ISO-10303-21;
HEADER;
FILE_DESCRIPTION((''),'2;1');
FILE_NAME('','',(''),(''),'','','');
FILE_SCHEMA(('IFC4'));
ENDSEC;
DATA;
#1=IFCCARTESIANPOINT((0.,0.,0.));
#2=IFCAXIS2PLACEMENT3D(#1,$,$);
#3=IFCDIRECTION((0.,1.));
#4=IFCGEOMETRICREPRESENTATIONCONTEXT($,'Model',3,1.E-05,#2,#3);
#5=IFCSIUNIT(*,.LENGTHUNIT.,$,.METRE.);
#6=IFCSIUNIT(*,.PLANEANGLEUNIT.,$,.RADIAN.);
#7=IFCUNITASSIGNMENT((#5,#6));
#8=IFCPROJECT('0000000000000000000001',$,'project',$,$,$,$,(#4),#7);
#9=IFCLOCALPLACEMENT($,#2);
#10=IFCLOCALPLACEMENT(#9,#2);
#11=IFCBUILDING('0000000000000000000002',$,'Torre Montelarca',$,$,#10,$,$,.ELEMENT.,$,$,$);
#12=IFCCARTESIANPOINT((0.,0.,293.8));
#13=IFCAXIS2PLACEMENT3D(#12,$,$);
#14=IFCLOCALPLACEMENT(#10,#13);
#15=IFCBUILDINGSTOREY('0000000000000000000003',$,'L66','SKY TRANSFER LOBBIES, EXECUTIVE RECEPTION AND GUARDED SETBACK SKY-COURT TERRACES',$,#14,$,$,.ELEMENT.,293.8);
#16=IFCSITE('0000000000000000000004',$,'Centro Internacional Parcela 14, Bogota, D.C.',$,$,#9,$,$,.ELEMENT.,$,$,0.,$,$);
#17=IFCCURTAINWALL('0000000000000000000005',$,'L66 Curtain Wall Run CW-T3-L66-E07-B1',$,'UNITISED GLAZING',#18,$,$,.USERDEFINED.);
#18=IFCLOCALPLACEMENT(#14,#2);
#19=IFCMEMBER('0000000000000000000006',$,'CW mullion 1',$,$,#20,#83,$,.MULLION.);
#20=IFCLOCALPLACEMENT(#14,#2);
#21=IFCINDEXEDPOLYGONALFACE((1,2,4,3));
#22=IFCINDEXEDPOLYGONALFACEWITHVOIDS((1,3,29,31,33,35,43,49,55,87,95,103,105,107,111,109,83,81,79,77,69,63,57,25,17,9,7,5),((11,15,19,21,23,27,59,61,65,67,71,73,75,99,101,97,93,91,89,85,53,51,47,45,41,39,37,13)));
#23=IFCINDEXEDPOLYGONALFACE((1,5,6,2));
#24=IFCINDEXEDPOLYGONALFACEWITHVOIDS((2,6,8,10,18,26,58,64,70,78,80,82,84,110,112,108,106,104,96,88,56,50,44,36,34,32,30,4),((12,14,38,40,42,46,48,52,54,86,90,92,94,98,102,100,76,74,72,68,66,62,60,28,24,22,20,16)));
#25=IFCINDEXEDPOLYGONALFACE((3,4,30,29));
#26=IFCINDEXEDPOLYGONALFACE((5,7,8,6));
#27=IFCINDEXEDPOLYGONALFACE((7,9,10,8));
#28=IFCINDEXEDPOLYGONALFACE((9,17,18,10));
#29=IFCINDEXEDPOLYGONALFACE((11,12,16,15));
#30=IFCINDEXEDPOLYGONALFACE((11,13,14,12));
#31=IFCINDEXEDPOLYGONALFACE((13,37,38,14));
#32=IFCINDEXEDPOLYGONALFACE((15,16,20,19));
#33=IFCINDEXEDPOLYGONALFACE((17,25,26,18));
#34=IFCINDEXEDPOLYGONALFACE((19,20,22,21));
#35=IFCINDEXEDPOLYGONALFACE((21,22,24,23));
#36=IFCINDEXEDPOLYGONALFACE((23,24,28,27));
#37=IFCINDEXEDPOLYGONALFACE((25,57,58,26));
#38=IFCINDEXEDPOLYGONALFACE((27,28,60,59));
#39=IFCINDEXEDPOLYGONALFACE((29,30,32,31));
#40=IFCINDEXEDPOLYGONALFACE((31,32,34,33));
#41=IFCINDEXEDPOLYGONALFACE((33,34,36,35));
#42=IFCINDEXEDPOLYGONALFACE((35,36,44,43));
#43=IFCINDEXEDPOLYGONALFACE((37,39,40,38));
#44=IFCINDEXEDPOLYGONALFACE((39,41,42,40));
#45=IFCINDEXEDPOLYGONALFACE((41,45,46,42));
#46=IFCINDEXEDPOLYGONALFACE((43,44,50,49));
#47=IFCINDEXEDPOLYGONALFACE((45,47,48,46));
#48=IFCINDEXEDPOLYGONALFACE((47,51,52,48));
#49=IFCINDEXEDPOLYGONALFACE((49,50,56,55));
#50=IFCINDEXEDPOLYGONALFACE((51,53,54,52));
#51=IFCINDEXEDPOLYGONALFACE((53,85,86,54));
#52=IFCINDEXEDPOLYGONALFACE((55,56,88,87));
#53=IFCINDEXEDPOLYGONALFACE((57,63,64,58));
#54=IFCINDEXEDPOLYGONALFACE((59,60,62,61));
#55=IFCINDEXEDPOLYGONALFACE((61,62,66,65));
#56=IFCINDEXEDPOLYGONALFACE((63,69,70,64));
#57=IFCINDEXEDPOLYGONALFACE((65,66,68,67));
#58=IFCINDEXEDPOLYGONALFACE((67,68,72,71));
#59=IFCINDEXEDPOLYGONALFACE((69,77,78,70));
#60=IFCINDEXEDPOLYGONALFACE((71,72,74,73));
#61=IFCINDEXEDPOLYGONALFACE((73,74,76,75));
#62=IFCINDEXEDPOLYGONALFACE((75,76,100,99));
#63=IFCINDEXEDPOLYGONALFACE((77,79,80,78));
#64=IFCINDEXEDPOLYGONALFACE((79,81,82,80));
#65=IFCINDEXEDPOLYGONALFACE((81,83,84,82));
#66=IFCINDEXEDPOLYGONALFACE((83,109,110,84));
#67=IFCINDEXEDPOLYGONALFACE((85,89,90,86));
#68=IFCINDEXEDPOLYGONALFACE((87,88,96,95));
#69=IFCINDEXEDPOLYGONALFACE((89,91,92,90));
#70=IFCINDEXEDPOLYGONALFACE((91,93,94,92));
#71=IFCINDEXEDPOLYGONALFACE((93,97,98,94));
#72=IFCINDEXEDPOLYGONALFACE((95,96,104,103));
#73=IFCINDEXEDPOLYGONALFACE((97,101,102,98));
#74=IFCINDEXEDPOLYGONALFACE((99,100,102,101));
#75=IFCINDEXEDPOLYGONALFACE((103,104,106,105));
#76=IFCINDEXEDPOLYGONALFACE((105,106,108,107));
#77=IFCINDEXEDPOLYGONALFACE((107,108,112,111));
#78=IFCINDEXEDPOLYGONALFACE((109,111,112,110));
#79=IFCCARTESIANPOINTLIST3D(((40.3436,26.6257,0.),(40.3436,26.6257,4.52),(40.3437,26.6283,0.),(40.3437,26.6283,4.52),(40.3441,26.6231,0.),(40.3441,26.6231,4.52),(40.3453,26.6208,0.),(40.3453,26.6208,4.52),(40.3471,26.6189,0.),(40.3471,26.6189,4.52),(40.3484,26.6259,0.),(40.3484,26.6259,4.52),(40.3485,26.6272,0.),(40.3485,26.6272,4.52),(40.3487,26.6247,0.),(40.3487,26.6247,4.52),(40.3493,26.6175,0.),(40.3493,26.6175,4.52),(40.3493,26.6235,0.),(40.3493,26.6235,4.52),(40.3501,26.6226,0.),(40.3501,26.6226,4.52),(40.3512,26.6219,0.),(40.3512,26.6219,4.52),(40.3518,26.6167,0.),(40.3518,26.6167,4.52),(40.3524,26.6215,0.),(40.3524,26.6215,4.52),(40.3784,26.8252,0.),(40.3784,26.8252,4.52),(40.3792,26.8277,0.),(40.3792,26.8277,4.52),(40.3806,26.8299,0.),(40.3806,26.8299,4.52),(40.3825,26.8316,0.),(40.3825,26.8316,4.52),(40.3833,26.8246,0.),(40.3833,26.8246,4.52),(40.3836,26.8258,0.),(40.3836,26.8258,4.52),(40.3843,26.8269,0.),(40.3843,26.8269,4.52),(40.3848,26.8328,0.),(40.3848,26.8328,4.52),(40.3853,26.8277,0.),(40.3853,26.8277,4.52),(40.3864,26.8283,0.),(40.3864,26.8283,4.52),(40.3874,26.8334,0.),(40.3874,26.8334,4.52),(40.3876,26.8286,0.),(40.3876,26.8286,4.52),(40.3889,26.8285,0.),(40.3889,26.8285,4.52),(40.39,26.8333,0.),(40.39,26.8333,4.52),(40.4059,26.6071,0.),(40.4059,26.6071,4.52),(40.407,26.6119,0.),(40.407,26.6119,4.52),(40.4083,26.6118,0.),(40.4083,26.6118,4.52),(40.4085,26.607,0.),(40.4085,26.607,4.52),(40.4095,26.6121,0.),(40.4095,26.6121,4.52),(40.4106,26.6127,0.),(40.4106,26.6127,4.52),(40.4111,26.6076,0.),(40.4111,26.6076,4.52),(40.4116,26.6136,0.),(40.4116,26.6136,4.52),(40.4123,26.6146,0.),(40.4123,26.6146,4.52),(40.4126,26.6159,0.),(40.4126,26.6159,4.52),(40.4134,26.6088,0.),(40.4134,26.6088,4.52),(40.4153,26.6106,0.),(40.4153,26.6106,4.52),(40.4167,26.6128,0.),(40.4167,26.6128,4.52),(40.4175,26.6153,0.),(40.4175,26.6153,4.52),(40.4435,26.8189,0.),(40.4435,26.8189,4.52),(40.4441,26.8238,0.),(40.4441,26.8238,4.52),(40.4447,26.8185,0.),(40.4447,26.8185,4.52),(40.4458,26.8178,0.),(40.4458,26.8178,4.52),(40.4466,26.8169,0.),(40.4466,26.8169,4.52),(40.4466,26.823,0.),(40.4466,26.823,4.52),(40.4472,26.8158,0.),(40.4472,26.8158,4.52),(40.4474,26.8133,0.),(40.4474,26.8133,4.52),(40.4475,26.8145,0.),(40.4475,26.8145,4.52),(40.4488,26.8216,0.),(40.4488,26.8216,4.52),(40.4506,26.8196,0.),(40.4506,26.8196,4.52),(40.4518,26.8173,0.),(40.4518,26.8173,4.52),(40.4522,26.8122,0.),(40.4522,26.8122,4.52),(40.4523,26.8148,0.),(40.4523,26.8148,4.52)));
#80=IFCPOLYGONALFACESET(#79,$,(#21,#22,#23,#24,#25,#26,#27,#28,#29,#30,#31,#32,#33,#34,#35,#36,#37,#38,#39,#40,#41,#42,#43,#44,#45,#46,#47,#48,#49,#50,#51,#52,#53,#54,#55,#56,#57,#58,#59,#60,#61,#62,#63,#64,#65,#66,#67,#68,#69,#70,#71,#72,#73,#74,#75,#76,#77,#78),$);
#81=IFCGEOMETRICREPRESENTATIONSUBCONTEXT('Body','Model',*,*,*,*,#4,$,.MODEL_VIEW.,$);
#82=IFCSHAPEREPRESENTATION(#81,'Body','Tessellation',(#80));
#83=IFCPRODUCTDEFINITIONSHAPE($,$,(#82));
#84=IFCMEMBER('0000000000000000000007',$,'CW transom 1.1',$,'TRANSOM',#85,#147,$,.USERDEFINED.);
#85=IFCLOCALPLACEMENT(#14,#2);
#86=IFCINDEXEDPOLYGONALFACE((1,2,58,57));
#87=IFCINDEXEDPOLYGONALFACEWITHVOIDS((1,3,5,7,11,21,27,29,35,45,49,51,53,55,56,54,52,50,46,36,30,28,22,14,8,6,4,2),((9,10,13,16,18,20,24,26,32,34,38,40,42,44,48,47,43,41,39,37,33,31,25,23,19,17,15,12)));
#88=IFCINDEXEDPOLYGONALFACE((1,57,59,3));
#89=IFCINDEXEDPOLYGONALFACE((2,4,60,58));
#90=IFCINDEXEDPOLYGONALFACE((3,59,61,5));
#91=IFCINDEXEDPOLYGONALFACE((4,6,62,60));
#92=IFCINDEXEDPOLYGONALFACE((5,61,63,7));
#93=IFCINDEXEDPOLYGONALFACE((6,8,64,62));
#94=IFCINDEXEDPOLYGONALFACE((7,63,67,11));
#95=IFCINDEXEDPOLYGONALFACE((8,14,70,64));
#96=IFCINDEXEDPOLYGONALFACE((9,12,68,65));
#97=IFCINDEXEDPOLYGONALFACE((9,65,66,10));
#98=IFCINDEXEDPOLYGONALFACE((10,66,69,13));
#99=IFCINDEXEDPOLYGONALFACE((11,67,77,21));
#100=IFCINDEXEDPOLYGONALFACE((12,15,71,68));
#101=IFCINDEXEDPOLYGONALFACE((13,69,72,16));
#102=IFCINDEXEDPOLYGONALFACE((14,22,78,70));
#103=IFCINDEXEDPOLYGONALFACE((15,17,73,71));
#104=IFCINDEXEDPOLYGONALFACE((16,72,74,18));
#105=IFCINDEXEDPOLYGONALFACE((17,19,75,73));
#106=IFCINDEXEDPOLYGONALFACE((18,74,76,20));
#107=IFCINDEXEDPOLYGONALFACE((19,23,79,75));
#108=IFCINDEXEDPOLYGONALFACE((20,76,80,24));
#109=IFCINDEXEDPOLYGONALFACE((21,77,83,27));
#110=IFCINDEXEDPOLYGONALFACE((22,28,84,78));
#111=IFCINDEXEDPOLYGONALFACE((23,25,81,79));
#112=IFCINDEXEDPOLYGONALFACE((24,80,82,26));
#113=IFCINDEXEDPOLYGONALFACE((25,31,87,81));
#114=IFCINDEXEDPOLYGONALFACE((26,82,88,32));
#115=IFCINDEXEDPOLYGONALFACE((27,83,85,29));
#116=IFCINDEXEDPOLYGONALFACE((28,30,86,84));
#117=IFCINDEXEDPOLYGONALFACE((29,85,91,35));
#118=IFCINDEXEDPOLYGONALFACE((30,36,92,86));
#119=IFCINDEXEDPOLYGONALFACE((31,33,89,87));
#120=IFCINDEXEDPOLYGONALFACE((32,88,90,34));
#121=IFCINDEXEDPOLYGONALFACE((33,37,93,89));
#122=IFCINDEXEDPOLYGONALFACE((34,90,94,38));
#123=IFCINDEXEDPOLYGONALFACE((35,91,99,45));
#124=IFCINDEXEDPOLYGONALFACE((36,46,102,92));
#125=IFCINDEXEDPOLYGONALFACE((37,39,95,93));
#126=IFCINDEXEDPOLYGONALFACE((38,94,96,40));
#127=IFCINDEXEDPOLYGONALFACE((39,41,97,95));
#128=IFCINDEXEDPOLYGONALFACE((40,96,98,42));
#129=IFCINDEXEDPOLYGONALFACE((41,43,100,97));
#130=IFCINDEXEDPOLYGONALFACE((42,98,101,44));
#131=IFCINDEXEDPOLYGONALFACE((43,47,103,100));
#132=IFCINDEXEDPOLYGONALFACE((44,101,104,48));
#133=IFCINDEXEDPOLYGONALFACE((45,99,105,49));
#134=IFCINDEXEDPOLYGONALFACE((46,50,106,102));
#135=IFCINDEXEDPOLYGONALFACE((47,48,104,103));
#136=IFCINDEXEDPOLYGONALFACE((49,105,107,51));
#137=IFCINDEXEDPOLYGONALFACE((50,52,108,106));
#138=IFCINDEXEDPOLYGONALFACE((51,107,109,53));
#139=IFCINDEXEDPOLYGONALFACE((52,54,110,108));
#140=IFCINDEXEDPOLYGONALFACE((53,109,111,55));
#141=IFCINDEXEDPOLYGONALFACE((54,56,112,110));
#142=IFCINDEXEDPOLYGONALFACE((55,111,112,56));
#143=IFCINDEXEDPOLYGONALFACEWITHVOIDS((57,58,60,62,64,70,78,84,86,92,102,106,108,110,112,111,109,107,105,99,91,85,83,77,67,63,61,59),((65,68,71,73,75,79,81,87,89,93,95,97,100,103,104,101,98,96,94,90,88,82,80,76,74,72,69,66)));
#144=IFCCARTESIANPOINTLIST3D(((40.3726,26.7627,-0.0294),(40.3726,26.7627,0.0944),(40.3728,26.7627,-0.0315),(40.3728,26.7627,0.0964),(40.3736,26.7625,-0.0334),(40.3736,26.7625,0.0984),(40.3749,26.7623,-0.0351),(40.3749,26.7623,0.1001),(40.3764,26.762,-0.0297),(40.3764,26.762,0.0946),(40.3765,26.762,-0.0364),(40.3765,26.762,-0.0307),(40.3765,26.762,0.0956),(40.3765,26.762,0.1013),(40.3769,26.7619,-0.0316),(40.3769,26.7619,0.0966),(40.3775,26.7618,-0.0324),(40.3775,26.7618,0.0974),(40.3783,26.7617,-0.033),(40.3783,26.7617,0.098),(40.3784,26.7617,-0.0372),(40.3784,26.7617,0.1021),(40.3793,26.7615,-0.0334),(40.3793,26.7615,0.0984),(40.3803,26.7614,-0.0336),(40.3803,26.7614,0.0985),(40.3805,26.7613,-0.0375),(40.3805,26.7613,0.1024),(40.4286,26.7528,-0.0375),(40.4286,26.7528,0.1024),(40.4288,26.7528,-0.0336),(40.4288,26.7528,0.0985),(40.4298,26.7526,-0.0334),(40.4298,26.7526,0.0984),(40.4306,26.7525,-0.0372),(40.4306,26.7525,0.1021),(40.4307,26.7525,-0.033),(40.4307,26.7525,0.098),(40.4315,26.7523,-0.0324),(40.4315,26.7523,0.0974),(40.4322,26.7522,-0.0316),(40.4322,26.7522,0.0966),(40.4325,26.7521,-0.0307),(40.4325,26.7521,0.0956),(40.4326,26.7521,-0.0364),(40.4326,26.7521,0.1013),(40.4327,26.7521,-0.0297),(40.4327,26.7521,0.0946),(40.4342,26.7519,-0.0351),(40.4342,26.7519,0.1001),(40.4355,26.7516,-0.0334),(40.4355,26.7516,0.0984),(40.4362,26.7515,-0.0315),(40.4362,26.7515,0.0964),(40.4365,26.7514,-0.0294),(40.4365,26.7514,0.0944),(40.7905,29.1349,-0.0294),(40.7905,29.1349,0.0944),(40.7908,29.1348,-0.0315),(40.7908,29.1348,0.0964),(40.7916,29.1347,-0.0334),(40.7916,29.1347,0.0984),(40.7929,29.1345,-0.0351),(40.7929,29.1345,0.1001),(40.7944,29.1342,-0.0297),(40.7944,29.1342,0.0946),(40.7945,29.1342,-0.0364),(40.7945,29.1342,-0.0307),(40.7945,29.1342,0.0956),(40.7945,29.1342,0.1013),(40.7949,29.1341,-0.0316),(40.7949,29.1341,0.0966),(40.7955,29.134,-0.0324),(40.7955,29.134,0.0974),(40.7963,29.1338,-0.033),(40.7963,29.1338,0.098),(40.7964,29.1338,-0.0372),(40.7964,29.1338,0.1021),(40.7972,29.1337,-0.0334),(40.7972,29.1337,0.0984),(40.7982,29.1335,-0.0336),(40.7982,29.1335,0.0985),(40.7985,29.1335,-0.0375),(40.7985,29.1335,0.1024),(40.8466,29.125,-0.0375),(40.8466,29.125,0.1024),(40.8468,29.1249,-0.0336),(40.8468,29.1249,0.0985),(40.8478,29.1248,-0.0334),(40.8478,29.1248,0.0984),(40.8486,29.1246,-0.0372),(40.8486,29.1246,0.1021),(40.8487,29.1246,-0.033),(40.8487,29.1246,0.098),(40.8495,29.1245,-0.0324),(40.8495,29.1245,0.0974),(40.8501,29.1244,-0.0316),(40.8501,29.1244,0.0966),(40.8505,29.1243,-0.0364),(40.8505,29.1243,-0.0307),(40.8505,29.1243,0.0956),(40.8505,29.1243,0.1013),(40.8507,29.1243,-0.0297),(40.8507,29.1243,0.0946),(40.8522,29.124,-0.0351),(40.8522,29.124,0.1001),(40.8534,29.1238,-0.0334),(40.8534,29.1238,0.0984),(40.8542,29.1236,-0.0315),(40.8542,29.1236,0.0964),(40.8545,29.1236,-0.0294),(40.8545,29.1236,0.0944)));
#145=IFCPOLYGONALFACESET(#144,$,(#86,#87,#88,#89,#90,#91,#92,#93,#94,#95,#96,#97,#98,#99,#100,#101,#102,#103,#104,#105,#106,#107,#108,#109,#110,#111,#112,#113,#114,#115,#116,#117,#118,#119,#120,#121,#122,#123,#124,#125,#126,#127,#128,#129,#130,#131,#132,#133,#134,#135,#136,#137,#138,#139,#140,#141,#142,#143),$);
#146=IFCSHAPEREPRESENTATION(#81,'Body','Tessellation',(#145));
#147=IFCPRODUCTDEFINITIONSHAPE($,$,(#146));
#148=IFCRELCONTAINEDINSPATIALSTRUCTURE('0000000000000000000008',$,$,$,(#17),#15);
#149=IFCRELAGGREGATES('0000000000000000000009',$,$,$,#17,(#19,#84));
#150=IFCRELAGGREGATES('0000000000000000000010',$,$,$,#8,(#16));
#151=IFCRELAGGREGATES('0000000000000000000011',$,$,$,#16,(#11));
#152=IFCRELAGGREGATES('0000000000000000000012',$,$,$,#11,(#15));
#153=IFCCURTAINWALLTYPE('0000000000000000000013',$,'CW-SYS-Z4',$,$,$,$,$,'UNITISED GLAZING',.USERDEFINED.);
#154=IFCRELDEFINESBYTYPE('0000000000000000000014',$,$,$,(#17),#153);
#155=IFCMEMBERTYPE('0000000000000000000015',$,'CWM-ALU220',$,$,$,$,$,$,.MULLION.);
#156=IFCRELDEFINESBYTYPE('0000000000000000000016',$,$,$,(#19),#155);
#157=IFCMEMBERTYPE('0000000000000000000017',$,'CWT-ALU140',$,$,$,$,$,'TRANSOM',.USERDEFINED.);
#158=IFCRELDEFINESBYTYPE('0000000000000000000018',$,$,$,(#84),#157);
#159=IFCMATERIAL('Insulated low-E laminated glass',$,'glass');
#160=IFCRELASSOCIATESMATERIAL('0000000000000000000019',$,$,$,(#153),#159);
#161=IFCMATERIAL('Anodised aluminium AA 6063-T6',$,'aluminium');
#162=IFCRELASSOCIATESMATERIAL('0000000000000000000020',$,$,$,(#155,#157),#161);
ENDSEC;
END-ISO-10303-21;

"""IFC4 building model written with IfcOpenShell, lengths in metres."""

from ifc_helpers import new_model, si_unit, direction, frame, origin, origin_2d, place, context, subcontext, project, spatial, hollow_rectangle, extrude, source, transform, mapped, material, material_profile, profile_set, type_object, element, aggregate, save


model = new_model("IFC4")

# Units and contexts
model_context = context("Model", 3, precision=1e-05, world=origin(), true_north=direction((0.0, 1.0)))
body_context = subcontext(model_context, "Body", "Model", "MODEL_VIEW")
ifc_project = project(units=[si_unit("LENGTHUNIT", "METRE"), si_unit("PLANEANGLEUNIT", "RADIAN")], contexts=[model_context])

# Site, building, storey
site_placement = place(None, origin())
site = spatial("IfcSite", under=ifc_project, at=site_placement, Name="Centro Internacional Parcela 14, Bogota, D.C.", CompositionType="ELEMENT", RefElevation=0.0)
building_placement = place(site_placement, origin())
building = spatial("IfcBuilding", under=site, at=building_placement, Name="Torre Montelarca", CompositionType="ELEMENT")
storey_placement = place(building_placement, frame((0.0, 0.0, 293.8)))
storey = spatial("IfcBuildingStorey", under=building, at=storey_placement, Name="L66", Description="SKY TRANSFER LOBBIES, EXECUTIVE RECEPTION AND GUARDED SETBACK SKY-COURT TERRACES", CompositionType="ELEMENT", Elevation=293.8)

# Shared definitions
ifc_material_1 = material(Name="Insulated low-E laminated glass", Category="glass")
curtain_wall_type = type_object("IfcCurtainWallType", Name="CW-SYS-Z4", ElementType="UNITISED GLAZING", PredefinedType="USERDEFINED", material=ifc_material_1)
ifc_material_2 = material(Name="Anodised aluminium AA 6063-T6", Category="aluminium")
ifc_material_profile_1 = material_profile(ifc_material_2, hollow_rectangle(XDim=0.075, YDim=0.22, WallThickness=0.0049, InnerFilletRadius=0.0049, OuterFilletRadius=0.01, at=origin_2d()), Name="ALU75X220X5", Category="aluminium")
ifc_profile_set_1 = profile_set([ifc_material_profile_1], Name="Anodised aluminium AA 6063-T6")
member_type_1 = type_object("IfcMemberType", Name="CWM-ALU220", PredefinedType="MULLION", material=ifc_profile_set_1)
shared_shape_1 = source(origin(), body_context, "Body", "SweptSolid", [
    extrude(hollow_rectangle(XDim=0.075, YDim=0.22, WallThickness=0.0049, InnerFilletRadius=0.0049, OuterFilletRadius=0.01, at=origin_2d()), origin(), (0.0, 0.0, 1.0), 4.52),
])

# Curtain wall, members
curtain_wall_1_placement = place(storey_placement, origin())
curtain_wall_1 = element("IfcCurtainWall", 1, at=curtain_wall_1_placement, inside=storey, type_object=curtain_wall_type, Name="L66 Curtain Wall Run CW-T3-L66-E07-B1", ObjectType="UNITISED GLAZING", PredefinedType="USERDEFINED")
member_1_placement = place(storey_placement, frame((40.3979, 26.7202, 0.0), z_axis=(0.0, 0.0, 1.0), x_axis=(-0.984814, 0.173612, 0.0)))
member_1 = element("IfcMember", 2, at=member_1_placement, type_object=member_type_1, Name="CW mullion 1", PredefinedType="MULLION", context=body_context, shape_type="MappedRepresentation", body=[
    mapped(shared_shape_1, transform((0.0, 0.0, 0.0), scale=1.0)),
])
ifc_material_profile_2 = material_profile(ifc_material_2, hollow_rectangle(XDim=0.0649, YDim=0.1399, WallThickness=0.0039, InnerFilletRadius=0.0039, OuterFilletRadius=0.0081, at=origin_2d()), Name="ALU65X140X4", Category="aluminium")
ifc_profile_set_2 = profile_set([ifc_material_profile_2], Name="Anodised aluminium AA 6063-T6")
member_type_2 = type_object("IfcMemberType", Name="CWT-ALU140", ElementType="TRANSOM", PredefinedType="USERDEFINED", material=ifc_profile_set_2)
shared_shape_2 = source(origin(), body_context, "Body", "SweptSolid", [
    extrude(hollow_rectangle(XDim=0.0649, YDim=0.1399, WallThickness=0.0039, InnerFilletRadius=0.0039, OuterFilletRadius=0.0081, at=origin_2d()), origin(), (0.0, 0.0, 1.0), 2.4087),
])
member_2_placement = place(storey_placement, frame((40.4045, 26.7571, 0.0325), z_axis=(0.173531, 0.984828, 0.0), x_axis=(-0.984828, 0.173531, 0.0)))
member_2 = element("IfcMember", 3, at=member_2_placement, type_object=member_type_2, Name="CW transom 1.1", ObjectType="TRANSOM", PredefinedType="USERDEFINED", context=body_context, shape_type="MappedRepresentation", body=[
    mapped(shared_shape_2, transform((0.0, 0.0, 0.0), scale=1.0)),
])

aggregate(curtain_wall_1, [member_1, member_2])

save(model, "model.ifc")
